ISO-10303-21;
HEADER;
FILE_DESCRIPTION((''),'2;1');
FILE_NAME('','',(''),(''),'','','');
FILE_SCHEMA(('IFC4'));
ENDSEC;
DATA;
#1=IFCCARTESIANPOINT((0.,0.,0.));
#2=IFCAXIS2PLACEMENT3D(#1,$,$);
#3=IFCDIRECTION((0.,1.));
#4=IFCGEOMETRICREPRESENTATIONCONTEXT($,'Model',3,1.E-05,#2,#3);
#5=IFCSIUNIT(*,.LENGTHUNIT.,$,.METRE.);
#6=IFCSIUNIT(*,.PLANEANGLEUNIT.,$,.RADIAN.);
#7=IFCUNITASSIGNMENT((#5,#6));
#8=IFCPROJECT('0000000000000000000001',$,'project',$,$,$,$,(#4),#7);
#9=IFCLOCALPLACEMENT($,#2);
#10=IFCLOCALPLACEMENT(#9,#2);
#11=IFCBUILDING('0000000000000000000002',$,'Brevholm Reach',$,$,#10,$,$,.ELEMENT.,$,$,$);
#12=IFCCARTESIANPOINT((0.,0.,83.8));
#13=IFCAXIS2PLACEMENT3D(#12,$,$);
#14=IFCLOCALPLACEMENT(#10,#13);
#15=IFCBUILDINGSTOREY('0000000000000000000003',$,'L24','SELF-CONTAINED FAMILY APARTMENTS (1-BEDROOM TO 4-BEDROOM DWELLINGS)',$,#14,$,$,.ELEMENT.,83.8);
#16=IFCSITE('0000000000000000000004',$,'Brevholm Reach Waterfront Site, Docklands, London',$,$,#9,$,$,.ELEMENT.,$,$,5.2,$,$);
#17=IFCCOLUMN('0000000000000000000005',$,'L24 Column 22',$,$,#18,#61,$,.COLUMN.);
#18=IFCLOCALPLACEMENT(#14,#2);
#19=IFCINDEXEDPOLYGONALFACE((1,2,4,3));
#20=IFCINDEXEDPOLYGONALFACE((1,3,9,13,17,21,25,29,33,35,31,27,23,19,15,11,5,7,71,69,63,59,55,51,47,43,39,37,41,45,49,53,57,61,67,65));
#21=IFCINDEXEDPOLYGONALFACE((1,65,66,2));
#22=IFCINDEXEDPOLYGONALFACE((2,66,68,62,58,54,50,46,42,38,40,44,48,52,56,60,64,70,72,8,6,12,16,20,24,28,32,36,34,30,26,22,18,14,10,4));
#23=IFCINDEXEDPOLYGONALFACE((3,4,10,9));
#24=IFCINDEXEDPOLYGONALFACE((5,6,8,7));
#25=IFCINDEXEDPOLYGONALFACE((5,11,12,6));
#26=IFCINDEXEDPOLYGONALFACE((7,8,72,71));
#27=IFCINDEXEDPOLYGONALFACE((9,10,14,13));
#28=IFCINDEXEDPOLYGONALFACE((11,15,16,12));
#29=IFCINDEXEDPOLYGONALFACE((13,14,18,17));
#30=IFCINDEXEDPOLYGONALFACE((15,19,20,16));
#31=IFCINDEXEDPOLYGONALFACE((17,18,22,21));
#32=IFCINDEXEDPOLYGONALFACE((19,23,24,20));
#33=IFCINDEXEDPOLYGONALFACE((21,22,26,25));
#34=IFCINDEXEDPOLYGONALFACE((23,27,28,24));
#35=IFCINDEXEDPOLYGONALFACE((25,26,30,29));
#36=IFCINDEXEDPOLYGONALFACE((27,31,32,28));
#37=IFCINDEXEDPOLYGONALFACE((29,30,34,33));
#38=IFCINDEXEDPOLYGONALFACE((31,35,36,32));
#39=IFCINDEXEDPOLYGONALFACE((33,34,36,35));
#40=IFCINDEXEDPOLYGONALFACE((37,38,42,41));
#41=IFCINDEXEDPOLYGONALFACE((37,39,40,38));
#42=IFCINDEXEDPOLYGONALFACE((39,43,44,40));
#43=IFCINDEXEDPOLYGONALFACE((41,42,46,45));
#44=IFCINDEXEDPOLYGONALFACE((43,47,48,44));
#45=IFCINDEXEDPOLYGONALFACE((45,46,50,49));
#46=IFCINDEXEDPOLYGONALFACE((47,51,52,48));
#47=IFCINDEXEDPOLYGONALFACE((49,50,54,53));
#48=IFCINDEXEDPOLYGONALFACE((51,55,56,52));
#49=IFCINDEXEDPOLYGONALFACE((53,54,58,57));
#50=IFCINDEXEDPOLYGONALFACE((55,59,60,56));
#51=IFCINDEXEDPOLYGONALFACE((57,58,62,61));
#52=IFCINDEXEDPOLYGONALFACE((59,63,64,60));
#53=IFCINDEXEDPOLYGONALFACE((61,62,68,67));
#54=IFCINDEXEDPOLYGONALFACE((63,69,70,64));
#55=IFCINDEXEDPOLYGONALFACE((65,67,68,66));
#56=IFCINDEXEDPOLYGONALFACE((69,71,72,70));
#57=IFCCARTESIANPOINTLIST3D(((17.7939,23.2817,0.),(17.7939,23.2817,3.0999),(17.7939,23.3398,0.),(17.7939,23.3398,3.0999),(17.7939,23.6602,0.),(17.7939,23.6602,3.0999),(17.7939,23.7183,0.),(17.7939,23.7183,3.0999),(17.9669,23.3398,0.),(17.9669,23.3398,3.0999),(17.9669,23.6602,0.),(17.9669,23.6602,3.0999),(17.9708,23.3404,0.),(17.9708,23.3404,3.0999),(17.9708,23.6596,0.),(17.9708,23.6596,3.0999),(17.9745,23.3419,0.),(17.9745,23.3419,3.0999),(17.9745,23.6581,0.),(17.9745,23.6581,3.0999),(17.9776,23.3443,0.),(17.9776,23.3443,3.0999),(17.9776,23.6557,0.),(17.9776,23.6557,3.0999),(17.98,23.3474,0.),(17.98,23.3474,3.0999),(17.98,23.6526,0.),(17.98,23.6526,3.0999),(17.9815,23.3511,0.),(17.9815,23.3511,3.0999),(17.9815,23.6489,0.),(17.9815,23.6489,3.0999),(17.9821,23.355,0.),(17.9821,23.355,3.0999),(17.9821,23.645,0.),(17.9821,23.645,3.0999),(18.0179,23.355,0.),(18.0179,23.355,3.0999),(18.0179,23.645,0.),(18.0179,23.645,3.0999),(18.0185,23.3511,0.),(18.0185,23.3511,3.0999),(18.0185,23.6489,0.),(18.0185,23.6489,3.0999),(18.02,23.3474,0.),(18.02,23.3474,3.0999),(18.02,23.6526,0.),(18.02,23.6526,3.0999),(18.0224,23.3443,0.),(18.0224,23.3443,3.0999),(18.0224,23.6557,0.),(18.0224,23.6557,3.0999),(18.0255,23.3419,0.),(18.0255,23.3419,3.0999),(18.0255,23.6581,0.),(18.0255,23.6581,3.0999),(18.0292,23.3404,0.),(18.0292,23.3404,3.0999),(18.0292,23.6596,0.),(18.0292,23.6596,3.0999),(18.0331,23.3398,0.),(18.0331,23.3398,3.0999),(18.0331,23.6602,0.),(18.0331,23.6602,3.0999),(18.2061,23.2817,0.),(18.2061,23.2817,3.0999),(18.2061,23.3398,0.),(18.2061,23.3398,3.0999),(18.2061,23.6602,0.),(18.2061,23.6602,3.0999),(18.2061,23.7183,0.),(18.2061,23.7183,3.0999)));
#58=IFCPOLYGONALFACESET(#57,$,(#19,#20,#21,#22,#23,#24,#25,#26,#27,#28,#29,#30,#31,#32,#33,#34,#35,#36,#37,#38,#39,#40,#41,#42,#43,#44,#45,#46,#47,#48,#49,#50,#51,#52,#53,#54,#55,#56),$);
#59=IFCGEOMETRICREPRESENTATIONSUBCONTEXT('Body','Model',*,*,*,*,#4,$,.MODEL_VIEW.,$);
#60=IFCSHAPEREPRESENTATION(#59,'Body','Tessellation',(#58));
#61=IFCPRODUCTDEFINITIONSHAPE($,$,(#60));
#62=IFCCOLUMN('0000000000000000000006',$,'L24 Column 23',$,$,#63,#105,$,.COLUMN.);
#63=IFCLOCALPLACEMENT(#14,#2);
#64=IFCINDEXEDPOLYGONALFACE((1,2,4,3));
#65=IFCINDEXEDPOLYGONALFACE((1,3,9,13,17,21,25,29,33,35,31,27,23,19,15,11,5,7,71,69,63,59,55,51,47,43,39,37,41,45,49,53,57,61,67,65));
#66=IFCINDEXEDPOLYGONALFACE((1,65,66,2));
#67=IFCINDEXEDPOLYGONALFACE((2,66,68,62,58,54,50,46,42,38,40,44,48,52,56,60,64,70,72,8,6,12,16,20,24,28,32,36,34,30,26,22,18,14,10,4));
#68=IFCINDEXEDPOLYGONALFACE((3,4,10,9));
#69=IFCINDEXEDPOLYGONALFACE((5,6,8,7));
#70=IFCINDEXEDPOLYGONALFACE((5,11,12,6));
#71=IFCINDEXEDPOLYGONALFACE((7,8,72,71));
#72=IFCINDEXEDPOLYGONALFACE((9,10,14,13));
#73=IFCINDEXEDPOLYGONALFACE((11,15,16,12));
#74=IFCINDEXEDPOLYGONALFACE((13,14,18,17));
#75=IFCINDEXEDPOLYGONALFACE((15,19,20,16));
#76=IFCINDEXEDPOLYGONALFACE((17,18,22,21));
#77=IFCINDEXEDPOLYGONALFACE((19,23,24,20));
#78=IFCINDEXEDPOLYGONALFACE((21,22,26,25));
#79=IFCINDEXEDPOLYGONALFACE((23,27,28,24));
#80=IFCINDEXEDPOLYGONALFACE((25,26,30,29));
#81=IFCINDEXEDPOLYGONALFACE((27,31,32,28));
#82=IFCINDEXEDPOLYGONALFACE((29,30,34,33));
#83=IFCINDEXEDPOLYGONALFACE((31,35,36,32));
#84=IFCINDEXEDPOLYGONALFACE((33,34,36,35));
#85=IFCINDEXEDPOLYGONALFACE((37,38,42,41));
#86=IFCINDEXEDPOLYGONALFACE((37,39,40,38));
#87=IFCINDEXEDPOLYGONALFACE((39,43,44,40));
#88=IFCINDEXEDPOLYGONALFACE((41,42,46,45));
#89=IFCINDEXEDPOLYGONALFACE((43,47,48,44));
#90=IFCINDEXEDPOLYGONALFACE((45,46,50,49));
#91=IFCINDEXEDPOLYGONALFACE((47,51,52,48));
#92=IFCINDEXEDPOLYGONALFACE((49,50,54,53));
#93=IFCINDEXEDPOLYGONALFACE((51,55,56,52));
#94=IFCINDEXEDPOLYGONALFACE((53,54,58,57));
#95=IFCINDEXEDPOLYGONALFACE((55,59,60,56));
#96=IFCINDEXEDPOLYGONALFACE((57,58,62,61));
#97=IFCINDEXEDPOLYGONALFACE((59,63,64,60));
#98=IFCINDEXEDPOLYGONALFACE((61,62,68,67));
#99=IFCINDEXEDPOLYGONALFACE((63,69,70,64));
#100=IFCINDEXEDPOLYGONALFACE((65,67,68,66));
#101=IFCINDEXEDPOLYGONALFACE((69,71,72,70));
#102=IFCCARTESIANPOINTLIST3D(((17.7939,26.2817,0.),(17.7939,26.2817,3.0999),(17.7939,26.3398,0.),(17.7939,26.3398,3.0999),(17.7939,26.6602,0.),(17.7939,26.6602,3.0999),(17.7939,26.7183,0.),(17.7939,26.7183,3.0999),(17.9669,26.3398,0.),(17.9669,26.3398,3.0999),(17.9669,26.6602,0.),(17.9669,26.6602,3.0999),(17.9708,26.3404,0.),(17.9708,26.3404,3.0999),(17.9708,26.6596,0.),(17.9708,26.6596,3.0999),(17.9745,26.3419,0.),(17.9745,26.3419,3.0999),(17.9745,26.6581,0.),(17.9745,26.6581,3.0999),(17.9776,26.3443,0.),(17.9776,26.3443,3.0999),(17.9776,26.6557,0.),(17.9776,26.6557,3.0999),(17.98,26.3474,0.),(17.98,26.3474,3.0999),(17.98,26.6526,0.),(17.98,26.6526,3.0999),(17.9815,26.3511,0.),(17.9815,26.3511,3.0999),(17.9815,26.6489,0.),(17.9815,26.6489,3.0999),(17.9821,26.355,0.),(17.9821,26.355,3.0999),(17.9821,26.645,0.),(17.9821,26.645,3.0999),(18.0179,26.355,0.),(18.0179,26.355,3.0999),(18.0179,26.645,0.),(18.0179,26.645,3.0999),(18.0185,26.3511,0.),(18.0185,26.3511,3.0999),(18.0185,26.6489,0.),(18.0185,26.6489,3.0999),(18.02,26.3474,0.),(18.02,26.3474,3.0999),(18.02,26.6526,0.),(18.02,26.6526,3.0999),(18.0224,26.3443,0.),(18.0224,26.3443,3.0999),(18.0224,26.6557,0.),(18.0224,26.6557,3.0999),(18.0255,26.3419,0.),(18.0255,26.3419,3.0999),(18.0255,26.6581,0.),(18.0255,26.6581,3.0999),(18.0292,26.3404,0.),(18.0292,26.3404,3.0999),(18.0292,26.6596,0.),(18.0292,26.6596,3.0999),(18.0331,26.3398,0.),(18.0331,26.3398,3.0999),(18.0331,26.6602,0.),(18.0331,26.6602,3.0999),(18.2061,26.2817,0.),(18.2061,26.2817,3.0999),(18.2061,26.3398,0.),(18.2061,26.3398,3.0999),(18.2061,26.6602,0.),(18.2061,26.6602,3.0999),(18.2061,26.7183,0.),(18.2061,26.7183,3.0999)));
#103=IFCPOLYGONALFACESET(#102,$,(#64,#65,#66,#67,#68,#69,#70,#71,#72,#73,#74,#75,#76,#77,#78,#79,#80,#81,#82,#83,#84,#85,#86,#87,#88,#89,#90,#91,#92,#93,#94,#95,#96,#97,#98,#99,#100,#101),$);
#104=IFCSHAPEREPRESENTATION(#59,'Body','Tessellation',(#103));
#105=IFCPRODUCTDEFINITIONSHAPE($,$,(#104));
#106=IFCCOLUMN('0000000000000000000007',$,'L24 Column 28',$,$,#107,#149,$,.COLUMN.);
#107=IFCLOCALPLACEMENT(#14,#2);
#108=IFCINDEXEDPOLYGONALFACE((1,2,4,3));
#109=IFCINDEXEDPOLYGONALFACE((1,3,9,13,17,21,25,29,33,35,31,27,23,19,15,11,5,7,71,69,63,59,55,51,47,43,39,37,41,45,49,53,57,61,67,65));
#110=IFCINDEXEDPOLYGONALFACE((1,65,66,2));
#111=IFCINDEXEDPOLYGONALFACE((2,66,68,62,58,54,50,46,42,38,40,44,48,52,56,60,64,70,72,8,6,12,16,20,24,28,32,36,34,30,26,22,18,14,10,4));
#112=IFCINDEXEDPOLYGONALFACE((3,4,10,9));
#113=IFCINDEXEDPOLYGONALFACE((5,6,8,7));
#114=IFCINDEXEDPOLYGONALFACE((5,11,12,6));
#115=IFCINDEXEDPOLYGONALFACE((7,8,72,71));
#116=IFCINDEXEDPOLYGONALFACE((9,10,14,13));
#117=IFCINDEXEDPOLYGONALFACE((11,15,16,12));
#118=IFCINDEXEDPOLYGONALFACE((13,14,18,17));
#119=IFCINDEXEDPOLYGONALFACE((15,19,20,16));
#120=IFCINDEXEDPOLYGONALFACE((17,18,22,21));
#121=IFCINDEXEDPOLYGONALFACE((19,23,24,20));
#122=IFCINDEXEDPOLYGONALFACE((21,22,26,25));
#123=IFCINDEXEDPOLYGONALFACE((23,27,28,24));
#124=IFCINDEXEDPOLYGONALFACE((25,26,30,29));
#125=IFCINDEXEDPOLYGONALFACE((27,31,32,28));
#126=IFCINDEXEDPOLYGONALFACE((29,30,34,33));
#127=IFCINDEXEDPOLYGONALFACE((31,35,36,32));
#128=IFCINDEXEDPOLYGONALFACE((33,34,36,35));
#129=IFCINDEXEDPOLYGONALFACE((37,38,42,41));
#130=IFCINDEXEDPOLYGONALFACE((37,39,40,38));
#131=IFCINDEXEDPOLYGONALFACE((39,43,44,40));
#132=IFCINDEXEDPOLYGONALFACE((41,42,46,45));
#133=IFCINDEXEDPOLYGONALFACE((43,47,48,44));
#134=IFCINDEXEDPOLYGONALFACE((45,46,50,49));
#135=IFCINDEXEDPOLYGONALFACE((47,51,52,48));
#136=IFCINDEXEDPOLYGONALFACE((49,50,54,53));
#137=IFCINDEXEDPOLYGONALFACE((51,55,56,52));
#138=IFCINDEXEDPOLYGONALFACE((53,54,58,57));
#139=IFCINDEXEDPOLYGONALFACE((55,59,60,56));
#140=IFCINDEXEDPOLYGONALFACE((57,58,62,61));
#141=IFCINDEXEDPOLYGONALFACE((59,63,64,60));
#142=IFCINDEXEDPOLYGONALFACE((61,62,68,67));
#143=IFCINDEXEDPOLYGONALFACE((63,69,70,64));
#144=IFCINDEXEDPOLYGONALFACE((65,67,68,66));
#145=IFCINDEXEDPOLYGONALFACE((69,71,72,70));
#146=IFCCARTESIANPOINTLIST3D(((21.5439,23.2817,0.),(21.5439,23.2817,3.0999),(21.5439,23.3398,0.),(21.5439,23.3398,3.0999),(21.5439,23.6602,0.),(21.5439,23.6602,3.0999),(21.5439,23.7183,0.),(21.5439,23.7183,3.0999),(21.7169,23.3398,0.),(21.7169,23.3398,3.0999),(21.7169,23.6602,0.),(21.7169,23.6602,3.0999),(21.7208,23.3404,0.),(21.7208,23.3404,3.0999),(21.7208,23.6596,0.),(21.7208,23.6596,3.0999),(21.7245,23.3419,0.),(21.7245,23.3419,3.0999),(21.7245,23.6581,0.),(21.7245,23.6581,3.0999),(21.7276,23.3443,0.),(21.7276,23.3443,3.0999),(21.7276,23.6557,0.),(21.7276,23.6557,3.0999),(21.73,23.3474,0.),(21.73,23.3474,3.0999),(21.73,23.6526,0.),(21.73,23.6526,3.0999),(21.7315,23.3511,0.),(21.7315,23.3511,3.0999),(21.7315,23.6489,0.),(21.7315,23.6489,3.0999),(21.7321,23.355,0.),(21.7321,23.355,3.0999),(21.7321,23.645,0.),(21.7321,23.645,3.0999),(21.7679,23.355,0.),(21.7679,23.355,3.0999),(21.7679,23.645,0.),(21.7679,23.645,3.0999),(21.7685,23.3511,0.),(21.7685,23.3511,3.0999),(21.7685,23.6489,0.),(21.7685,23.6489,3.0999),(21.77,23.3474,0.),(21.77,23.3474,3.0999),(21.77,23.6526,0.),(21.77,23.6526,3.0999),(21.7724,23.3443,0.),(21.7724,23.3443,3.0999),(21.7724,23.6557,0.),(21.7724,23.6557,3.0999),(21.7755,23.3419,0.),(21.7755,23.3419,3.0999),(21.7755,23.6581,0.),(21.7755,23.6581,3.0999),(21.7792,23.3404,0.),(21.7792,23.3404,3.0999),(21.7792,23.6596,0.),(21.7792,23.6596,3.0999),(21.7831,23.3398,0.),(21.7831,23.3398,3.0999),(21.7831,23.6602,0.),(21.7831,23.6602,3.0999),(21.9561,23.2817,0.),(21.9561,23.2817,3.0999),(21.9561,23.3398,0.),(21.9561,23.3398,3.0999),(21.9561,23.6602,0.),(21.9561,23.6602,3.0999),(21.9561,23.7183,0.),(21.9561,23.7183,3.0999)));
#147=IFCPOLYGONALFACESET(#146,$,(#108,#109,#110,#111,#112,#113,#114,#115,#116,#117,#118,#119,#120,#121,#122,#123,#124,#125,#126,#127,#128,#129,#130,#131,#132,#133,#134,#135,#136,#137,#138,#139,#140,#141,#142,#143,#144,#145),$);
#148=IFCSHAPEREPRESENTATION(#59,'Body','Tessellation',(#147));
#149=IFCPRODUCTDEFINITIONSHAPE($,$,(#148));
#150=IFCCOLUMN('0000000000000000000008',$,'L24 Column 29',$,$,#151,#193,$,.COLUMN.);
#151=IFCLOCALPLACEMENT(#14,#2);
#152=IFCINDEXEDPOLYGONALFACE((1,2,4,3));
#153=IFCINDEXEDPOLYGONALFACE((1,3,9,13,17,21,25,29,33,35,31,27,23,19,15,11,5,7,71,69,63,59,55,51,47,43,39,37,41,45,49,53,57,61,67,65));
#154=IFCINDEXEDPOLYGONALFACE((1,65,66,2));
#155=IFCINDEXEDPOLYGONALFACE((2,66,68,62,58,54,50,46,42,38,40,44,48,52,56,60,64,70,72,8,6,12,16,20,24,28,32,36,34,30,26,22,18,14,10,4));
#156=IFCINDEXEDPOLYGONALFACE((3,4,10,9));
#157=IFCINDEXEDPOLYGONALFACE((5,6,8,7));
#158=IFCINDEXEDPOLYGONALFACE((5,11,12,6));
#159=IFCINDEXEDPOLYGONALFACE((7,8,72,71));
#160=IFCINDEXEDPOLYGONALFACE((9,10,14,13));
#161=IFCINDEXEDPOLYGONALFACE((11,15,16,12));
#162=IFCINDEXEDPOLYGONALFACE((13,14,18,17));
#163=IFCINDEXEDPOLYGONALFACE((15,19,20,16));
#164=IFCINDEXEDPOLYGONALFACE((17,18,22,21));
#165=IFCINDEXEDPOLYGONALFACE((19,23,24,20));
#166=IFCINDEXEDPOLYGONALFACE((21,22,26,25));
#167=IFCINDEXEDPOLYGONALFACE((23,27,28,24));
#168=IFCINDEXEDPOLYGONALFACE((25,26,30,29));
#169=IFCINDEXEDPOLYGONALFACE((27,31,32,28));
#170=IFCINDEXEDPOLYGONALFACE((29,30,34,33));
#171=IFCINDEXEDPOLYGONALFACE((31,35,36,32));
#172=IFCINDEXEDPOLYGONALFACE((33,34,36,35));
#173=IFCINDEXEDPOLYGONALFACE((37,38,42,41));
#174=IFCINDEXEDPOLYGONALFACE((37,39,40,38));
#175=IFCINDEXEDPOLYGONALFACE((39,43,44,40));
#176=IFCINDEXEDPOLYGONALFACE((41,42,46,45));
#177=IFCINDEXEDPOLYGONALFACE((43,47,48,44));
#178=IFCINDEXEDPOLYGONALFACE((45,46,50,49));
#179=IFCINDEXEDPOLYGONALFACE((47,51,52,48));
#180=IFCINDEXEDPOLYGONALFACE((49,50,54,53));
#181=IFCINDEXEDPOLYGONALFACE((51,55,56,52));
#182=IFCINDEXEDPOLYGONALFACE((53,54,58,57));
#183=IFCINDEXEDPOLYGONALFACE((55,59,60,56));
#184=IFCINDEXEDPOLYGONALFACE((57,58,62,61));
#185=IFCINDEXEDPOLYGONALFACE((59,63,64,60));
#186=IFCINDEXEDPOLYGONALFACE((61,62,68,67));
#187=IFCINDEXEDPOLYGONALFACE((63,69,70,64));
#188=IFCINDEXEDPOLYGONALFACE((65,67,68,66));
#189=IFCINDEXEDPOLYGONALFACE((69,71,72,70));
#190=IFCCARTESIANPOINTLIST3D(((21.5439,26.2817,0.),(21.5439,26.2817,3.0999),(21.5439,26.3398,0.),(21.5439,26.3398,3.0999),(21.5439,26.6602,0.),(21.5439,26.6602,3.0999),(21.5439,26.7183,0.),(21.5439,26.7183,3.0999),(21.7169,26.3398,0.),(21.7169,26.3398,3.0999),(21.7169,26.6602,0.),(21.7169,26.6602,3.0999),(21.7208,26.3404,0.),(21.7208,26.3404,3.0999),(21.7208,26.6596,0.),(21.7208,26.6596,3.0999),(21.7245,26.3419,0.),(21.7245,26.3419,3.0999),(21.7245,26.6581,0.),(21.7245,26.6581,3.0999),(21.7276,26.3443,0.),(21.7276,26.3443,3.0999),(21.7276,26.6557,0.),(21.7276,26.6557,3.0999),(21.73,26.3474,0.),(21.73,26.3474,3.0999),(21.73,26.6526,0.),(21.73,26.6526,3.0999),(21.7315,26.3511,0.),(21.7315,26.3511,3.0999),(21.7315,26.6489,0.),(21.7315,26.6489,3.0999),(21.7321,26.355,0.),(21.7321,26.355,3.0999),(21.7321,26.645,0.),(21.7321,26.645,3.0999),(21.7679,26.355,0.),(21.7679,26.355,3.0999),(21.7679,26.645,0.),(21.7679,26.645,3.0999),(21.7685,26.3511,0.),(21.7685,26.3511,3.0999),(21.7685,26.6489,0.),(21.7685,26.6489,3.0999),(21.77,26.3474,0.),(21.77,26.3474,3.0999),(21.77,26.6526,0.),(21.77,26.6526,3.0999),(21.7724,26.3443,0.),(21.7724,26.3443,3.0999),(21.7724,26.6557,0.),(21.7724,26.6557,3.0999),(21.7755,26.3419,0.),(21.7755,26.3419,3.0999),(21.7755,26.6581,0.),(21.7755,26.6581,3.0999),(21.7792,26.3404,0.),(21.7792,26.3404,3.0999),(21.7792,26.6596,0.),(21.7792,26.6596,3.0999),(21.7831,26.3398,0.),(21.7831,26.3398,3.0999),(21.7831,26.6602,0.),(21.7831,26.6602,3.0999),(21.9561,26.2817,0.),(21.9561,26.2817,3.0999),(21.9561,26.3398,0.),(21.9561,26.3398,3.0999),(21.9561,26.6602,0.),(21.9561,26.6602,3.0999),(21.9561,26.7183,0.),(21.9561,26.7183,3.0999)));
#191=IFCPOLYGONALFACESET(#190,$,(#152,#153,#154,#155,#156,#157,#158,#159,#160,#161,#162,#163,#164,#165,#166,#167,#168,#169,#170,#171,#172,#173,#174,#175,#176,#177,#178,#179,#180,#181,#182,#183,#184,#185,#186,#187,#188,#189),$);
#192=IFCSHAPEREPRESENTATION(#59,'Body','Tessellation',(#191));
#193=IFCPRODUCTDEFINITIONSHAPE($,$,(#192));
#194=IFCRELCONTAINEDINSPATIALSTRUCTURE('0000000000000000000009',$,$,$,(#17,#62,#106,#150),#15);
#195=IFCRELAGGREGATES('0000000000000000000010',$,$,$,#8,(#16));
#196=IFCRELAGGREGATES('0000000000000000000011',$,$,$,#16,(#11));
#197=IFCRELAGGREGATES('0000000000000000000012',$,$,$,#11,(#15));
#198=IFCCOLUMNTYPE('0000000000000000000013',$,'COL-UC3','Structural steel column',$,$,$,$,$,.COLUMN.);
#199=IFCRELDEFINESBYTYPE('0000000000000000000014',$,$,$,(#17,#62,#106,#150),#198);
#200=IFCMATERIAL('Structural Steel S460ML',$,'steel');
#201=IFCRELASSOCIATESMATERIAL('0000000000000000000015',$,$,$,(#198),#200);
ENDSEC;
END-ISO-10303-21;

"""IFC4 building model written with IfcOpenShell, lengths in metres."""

from ifc_helpers import new_model, si_unit, direction, frame, origin, origin_2d, place, context, subcontext, project, spatial, i_section, extrude, material, material_profile, profile_set, type_object, element, save


model = new_model("IFC4")

# Units and contexts
model_context = context("Model", 3, precision=1e-05, world=origin(), true_north=direction((0.0, 1.0)))
body_context = subcontext(model_context, "Body", "Model", "MODEL_VIEW")
ifc_project = project(units=[si_unit("LENGTHUNIT", "METRE"), si_unit("PLANEANGLEUNIT", "RADIAN")], contexts=[model_context])

# Site, building, storey
site_placement = place(None, origin())
site = spatial("IfcSite", under=ifc_project, at=site_placement, Name="Brevholm Reach Waterfront Site, Docklands, London", CompositionType="ELEMENT", RefElevation=5.2)
building_placement = place(site_placement, origin())
building = spatial("IfcBuilding", under=site, at=building_placement, Name="Brevholm Reach", CompositionType="ELEMENT")
storey_placement = place(building_placement, frame((0.0, 0.0, 83.8)))
storey = spatial("IfcBuildingStorey", under=building, at=storey_placement, Name="L24", Description="SELF-CONTAINED FAMILY APARTMENTS (1-BEDROOM TO 4-BEDROOM DWELLINGS)", CompositionType="ELEMENT", Elevation=83.8)

# Columns
ifc_material_1 = material(Name="Structural Steel S460ML", Category="steel")
ifc_material_profile_1 = material_profile(ifc_material_1, i_section(OverallWidth=0.4121, OverallDepth=0.4365, WebThickness=0.0359, FlangeThickness=0.0581, FilletRadius=0.0151, at=origin_2d()), Name="UKC 356x406x467")
ifc_profile_set_1 = profile_set([ifc_material_profile_1], Name="Structural Steel S460ML")
column_type = type_object("IfcColumnType", Name="COL-UC3", Description="Structural steel column", PredefinedType="COLUMN", material=ifc_profile_set_1)
for number, where, z_axis, x_axis, name in (
    (1, (18.0, 23.5, 0.0), (0.0, 0.0, 1.0), (1.0, 0.0, 0.0), "L24 Column 22"),
    (2, (18.0, 26.5, 0.0), (0.0, 0.0, 1.0), (1.0, 0.0, 0.0), "L24 Column 23"),
    (3, (21.75, 23.5, 0.0), (0.0, 0.0, 1.0), (1.0, 0.0, 0.0), "L24 Column 28"),
    (4, (21.75, 26.5, 0.0), (0.0, 0.0, 1.0), (1.0, 0.0, 0.0), "L24 Column 29"),
):
    element("IfcColumn", number, at=place(storey_placement, frame(where, z_axis=z_axis, x_axis=x_axis)), inside=storey, type_object=column_type, Name=name, PredefinedType="COLUMN", context=body_context, shape_type="SweptSolid", body=[
        extrude(i_section(OverallWidth=0.4121, OverallDepth=0.4365, WebThickness=0.0359, FlangeThickness=0.0581, FilletRadius=0.0151, at=origin_2d()), origin(), (0.0, 0.0, 1.0), 3.0999),
    ])

save(model, "model.ifc")
